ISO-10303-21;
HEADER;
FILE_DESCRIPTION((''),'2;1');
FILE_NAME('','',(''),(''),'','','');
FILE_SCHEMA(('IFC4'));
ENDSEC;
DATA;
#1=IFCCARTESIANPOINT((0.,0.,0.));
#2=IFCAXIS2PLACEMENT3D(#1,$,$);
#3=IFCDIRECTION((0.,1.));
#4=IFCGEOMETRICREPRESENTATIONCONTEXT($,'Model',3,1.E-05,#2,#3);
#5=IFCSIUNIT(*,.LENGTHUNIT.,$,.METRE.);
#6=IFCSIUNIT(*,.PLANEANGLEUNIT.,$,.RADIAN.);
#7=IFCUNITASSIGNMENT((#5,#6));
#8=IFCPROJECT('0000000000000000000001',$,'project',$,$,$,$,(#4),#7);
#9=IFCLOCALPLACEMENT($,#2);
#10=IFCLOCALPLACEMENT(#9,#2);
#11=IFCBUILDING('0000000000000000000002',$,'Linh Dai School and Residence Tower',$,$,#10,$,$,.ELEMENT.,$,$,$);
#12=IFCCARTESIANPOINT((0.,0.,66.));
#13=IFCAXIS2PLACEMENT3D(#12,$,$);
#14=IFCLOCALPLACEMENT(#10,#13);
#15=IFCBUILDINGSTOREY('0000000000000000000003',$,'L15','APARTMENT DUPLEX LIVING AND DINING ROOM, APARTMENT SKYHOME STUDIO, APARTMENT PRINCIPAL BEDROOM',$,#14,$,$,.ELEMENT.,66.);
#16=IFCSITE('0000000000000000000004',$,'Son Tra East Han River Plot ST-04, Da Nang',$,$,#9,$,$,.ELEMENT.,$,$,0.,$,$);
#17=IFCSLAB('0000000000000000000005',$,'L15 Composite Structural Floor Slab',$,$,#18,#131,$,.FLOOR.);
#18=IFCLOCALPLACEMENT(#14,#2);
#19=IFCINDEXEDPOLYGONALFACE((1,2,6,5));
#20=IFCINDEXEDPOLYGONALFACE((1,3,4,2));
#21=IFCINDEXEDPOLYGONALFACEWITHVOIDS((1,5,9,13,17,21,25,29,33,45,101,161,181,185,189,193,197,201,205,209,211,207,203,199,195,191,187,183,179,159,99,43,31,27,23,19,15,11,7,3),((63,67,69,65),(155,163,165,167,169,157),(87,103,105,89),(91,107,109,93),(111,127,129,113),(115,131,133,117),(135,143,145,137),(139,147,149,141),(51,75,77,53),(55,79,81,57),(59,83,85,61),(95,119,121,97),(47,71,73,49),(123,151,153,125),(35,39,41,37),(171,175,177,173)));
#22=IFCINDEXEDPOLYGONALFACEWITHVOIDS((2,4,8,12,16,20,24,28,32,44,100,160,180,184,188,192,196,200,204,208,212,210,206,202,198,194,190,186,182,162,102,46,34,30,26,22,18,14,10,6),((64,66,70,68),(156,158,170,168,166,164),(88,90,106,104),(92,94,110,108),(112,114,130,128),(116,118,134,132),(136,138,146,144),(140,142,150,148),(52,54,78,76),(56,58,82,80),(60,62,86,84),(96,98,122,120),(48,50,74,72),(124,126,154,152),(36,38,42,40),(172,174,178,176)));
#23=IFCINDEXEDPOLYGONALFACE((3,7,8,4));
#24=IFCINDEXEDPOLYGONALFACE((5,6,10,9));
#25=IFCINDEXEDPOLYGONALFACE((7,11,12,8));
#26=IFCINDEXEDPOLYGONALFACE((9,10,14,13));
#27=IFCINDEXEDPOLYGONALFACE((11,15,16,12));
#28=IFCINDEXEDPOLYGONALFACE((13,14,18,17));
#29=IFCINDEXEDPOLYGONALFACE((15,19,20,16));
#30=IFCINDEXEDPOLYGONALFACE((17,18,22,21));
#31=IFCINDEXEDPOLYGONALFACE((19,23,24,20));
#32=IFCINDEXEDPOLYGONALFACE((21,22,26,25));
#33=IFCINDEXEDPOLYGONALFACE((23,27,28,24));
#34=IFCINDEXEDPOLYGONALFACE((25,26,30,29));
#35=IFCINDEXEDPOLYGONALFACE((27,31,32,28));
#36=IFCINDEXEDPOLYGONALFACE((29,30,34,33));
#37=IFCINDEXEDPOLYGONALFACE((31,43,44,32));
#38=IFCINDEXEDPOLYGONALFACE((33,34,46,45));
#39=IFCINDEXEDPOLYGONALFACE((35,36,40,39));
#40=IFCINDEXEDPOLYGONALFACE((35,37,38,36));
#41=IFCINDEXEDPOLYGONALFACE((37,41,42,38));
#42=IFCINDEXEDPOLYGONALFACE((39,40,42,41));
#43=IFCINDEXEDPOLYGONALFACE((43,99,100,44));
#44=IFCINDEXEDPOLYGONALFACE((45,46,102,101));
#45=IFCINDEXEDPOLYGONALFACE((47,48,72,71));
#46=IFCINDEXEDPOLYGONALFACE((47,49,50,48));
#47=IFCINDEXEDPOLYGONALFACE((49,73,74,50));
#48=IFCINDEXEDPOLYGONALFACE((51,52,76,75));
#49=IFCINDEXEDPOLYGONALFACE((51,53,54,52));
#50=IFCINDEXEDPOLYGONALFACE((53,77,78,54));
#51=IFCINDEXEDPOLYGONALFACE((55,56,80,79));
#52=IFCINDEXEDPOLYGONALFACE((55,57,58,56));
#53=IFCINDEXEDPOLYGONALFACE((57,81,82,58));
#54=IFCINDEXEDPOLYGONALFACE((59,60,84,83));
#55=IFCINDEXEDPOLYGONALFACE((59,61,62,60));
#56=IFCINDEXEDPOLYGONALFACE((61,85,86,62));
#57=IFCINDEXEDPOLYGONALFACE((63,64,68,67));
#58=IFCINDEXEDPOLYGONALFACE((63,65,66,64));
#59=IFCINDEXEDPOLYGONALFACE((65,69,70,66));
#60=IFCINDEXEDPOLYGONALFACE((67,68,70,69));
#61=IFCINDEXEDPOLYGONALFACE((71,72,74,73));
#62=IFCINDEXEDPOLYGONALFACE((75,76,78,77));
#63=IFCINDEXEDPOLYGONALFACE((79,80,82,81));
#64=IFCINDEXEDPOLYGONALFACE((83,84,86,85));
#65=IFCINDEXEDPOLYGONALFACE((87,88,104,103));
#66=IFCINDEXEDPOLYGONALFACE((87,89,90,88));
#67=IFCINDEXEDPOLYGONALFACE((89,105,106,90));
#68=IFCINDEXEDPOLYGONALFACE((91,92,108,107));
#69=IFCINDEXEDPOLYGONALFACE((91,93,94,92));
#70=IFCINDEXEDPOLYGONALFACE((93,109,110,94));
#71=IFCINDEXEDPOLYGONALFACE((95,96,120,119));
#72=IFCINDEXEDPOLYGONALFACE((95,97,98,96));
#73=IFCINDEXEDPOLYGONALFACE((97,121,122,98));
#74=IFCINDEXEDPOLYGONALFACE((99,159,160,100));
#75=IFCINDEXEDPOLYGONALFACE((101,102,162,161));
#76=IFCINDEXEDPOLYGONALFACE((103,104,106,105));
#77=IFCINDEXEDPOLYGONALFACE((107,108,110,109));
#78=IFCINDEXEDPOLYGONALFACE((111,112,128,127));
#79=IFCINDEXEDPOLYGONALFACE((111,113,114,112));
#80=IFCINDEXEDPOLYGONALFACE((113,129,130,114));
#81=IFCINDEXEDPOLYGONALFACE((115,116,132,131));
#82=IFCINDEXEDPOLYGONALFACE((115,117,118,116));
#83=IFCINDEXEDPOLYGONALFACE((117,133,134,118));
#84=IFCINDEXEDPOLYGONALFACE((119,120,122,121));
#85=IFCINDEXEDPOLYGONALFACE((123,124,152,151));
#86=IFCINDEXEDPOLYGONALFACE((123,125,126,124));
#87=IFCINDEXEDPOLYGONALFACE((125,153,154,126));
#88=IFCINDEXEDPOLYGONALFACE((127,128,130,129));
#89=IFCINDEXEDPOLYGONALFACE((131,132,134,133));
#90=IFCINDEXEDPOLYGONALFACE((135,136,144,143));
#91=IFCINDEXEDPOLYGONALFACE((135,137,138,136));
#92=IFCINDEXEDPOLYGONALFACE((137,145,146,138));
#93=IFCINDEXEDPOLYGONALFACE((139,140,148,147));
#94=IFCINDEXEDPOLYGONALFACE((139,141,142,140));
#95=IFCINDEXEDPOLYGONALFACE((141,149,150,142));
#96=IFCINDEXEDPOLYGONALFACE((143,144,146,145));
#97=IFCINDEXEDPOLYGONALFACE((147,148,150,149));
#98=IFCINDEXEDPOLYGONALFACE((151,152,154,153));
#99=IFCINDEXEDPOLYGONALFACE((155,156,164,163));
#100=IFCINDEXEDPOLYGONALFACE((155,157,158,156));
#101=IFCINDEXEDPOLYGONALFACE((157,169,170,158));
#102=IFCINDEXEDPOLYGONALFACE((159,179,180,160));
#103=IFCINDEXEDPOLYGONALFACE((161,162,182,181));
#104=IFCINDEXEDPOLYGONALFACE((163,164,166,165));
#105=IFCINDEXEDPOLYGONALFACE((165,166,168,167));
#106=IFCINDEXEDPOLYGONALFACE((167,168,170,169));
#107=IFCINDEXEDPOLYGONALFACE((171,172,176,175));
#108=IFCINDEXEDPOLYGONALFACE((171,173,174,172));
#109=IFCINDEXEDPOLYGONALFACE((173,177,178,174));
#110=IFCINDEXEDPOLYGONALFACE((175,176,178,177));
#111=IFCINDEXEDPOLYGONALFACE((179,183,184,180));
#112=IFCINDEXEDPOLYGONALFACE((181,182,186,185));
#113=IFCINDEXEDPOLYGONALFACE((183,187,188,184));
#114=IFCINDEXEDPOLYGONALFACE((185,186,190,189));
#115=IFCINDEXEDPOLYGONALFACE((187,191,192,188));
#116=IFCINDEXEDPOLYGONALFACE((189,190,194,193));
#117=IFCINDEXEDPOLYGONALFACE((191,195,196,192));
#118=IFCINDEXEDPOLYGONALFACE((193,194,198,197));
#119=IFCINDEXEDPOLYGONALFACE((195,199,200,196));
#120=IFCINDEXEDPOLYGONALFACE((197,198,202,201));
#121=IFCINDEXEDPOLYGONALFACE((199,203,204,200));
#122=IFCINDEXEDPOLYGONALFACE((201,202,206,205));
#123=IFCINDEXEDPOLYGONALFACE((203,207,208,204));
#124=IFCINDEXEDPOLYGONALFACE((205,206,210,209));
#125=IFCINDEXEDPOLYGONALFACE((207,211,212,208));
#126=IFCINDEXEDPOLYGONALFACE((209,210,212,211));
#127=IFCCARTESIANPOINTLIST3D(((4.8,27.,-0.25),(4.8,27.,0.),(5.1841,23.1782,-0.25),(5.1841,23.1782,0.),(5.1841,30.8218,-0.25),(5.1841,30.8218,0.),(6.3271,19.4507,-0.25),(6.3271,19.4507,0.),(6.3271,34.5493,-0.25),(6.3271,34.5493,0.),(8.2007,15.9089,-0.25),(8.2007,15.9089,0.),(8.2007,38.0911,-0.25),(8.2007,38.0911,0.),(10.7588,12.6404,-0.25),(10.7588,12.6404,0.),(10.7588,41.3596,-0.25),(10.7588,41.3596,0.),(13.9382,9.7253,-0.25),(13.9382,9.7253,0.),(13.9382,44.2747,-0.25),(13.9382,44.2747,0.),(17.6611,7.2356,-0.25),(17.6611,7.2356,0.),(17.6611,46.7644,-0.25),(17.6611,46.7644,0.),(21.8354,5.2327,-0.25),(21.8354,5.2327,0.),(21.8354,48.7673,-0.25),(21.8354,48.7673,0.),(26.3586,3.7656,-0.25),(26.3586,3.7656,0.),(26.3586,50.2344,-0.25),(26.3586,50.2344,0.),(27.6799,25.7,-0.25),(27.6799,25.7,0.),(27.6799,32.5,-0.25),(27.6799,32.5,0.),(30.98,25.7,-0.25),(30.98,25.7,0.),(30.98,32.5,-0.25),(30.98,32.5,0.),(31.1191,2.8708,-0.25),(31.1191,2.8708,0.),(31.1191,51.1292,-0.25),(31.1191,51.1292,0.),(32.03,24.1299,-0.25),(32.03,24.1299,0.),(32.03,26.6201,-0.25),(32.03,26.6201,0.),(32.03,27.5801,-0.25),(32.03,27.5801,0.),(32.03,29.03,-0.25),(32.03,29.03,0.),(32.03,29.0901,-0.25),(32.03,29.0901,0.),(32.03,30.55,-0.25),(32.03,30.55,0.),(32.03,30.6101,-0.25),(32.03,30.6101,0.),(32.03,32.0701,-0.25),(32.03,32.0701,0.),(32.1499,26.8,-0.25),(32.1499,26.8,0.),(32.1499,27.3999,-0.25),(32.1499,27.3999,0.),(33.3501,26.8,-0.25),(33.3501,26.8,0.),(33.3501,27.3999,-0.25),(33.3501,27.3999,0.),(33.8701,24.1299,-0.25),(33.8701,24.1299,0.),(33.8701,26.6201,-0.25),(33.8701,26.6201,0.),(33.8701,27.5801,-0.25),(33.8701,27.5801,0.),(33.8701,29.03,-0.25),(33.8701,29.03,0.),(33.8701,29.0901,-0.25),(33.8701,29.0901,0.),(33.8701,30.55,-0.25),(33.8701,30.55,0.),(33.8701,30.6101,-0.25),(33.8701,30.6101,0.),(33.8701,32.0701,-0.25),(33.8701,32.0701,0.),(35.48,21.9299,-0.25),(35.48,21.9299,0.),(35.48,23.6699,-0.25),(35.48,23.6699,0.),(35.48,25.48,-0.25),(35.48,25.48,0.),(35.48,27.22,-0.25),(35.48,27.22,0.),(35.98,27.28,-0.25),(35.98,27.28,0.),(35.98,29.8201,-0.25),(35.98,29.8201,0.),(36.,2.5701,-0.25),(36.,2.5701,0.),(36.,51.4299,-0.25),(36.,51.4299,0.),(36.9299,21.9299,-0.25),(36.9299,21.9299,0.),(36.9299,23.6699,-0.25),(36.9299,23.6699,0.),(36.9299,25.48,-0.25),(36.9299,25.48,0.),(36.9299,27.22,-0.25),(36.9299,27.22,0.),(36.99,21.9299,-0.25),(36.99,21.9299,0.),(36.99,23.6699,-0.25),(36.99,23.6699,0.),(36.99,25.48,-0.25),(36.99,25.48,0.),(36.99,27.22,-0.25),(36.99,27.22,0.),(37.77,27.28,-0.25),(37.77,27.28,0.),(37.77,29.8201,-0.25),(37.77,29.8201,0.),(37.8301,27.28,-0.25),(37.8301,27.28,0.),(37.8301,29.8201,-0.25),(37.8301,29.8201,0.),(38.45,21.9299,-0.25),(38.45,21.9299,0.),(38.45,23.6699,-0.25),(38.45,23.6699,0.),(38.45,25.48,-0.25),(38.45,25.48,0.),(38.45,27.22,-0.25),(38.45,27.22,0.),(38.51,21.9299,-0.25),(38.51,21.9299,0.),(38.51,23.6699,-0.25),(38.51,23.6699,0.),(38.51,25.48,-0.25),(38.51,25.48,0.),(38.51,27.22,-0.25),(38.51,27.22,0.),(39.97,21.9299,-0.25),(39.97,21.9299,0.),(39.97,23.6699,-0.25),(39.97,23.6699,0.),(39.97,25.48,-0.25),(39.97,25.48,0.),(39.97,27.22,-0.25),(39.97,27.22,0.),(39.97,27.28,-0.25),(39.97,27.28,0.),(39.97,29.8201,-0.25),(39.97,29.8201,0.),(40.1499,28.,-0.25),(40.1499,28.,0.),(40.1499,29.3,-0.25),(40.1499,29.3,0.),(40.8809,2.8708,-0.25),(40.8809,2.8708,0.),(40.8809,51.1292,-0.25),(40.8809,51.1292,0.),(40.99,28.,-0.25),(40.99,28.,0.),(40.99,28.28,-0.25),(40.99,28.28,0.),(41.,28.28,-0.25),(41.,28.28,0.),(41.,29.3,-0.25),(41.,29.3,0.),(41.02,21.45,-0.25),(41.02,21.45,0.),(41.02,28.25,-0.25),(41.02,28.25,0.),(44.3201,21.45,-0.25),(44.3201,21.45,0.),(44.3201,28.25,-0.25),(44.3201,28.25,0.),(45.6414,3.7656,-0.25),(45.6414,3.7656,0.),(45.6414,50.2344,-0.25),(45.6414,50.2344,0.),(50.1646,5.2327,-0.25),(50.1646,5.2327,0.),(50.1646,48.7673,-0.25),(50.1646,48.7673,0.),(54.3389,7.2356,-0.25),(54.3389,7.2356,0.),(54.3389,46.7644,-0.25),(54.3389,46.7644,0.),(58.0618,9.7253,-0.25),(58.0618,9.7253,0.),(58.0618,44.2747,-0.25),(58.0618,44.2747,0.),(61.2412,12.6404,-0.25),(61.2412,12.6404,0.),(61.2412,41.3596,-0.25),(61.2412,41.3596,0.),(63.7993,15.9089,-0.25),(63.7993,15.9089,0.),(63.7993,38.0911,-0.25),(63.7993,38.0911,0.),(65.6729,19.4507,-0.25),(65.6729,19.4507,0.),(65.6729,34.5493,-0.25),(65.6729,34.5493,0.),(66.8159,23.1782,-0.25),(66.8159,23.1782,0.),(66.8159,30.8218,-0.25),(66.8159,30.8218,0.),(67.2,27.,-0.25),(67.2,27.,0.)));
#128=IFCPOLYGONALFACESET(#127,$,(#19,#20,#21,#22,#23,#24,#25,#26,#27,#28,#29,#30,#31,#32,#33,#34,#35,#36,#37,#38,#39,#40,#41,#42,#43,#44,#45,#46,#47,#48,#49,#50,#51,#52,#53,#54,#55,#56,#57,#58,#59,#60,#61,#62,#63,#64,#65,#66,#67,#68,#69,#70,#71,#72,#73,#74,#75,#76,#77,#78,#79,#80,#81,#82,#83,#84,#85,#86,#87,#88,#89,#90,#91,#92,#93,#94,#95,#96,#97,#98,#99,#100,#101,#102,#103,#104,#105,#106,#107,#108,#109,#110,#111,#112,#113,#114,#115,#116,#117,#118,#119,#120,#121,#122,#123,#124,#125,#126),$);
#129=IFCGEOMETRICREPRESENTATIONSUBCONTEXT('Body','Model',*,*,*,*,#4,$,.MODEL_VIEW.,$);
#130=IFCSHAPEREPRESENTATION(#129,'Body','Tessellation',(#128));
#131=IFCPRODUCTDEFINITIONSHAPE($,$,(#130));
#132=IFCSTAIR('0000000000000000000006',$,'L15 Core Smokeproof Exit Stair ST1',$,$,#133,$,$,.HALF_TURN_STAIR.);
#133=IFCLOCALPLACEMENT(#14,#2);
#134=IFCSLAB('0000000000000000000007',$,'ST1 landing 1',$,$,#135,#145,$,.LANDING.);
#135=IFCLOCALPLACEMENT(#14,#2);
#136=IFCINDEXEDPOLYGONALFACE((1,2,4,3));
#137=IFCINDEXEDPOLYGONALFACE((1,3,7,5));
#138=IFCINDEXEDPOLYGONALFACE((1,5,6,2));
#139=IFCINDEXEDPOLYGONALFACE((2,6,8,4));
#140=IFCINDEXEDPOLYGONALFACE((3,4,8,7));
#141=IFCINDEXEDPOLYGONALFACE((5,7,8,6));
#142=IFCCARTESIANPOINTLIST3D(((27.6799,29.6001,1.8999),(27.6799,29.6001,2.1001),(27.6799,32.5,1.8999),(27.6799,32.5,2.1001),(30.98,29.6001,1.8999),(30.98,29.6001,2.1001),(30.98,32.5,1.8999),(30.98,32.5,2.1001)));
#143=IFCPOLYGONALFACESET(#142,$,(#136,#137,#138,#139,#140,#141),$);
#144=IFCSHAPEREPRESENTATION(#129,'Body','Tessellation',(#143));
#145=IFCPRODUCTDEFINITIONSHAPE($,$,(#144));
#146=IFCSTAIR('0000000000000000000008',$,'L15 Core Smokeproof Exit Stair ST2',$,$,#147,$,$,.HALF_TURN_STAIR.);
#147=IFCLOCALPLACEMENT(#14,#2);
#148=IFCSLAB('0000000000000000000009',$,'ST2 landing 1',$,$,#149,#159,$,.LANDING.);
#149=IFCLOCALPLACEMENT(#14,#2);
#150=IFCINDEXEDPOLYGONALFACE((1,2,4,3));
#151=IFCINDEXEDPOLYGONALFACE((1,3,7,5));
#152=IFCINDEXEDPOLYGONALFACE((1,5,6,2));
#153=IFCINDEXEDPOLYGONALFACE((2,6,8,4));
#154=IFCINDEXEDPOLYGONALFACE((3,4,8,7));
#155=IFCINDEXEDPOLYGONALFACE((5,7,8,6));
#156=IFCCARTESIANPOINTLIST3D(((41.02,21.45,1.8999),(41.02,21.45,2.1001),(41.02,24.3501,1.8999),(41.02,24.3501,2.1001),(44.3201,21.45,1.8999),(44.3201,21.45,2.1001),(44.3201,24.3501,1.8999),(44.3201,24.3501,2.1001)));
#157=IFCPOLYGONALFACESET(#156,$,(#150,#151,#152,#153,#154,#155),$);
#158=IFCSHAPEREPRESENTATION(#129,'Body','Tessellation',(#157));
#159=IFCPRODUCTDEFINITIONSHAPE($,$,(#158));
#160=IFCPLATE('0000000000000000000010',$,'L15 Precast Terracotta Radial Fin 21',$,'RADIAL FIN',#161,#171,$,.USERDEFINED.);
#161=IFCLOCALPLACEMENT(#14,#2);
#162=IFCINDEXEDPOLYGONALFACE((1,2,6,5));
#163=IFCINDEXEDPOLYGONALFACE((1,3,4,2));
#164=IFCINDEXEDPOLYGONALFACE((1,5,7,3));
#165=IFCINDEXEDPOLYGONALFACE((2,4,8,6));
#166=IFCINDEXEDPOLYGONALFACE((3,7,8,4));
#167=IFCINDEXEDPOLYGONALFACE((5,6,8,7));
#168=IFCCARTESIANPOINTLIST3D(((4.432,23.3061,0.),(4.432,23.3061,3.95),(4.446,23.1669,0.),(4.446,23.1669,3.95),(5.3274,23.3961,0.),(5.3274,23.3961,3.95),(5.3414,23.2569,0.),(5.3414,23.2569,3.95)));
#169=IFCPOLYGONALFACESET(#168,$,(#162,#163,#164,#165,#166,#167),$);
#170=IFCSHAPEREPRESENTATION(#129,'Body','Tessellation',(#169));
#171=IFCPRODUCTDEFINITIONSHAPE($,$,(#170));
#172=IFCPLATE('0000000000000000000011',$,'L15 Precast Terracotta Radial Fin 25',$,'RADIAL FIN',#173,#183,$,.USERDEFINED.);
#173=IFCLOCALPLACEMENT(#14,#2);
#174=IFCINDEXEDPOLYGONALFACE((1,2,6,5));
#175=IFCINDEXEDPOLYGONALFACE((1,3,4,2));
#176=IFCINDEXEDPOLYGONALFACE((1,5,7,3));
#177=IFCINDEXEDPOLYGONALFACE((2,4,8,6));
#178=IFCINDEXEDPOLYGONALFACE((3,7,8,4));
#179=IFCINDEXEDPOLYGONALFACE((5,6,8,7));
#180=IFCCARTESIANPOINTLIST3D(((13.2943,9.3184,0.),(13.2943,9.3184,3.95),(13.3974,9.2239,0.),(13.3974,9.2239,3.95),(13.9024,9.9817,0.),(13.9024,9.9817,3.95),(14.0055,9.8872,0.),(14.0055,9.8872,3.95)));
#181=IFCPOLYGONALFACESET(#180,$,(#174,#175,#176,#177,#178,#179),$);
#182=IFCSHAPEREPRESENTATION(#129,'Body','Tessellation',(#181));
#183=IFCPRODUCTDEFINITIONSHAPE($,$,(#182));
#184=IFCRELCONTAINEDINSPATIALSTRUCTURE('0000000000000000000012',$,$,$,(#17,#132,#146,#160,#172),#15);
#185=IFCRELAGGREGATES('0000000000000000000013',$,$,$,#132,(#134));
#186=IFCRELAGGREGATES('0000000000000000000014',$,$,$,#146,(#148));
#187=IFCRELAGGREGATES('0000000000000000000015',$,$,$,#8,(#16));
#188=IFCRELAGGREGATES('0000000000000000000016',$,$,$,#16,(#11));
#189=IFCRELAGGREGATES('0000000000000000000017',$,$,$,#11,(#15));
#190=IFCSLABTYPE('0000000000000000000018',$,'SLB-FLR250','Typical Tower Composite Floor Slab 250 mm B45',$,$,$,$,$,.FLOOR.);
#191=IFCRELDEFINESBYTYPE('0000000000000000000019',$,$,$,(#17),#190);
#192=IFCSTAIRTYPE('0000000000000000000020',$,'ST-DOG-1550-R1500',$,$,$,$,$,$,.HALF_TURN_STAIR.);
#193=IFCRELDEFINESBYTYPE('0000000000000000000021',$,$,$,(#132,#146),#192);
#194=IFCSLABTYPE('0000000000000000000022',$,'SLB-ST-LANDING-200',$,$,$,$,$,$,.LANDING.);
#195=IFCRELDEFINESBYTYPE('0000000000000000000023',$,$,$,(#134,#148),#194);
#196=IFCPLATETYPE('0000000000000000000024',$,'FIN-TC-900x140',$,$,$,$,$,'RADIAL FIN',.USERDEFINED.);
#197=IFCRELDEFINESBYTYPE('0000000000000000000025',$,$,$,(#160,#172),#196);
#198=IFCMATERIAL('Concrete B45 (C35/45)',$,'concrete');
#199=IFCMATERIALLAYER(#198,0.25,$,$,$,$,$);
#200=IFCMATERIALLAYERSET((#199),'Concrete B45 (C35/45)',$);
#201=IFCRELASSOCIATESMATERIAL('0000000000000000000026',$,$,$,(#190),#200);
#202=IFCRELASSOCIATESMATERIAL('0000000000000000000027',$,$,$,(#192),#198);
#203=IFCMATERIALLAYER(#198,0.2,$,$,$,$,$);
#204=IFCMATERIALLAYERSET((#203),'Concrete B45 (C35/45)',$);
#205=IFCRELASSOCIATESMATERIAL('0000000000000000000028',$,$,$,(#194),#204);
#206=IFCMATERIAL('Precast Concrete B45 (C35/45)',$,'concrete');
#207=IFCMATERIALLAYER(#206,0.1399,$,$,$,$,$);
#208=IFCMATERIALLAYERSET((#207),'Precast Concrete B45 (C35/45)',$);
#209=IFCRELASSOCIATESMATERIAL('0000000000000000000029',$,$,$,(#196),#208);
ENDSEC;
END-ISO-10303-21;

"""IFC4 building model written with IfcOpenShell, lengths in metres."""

from ifc_helpers import new_model, si_unit, direction, frame, origin, origin_2d, place, context, subcontext, project, spatial, polyline, rectangle, outline, extrude, source, transform, mapped, material, layer, layer_set, type_object, element, aggregate, save


model = new_model("IFC4")

# Units and contexts
model_context = context("Model", 3, precision=1e-05, world=origin(), true_north=direction((0.0, 1.0)))
body_context = subcontext(model_context, "Body", "Model", "MODEL_VIEW")
ifc_project = project(units=[si_unit("LENGTHUNIT", "METRE"), si_unit("PLANEANGLEUNIT", "RADIAN")], contexts=[model_context])

# Site, building, storey
site_placement = place(None, origin())
site = spatial("IfcSite", under=ifc_project, at=site_placement, Name="Son Tra East Han River Plot ST-04, Da Nang", CompositionType="ELEMENT", RefElevation=0.0)
building_placement = place(site_placement, origin())
building = spatial("IfcBuilding", under=site, at=building_placement, Name="Linh Dai School and Residence Tower", CompositionType="ELEMENT")
storey_placement = place(building_placement, frame((0.0, 0.0, 66.0)))
storey = spatial("IfcBuildingStorey", under=building, at=storey_placement, Name="L15", Description="APARTMENT DUPLEX LIVING AND DINING ROOM, APARTMENT SKYHOME STUDIO, APARTMENT PRINCIPAL BEDROOM", CompositionType="ELEMENT", Elevation=66.0)

# Slab
ifc_material_1 = material(Name="Concrete B45 (C35/45)", Category="concrete")
ifc_layer_1 = layer(ifc_material_1, 0.25)
ifc_layer_set_1 = layer_set([ifc_layer_1], Name="Concrete B45 (C35/45)")
slab_type_1 = type_object("IfcSlabType", Name="SLB-FLR250", Description="Typical Tower Composite Floor Slab 250 mm B45", PredefinedType="FLOOR", material=ifc_layer_set_1)
slab_1_placement = place(storey_placement, frame((0.0, 0.0, -0.25)))
element("IfcSlab", 1, at=slab_1_placement, inside=storey, type_object=slab_type_1, Name="L15 Composite Structural Floor Slab", PredefinedType="FLOOR", context=body_context, shape_type="SweptSolid", body=[
    extrude(outline(polyline([(67.2, 27.0), (66.8159, 30.8218), (65.6729, 34.5493), (63.7993, 38.0911), (61.2412, 41.3596), (58.0618, 44.2747), (54.3389, 46.7644), (50.1646, 48.7673), (45.6414, 50.2344), (40.8809, 51.1292), (36.0, 51.4299), (31.1191, 51.1292), (26.3586, 50.2344), (21.8354, 48.7673), (17.6611, 46.7644), (13.9382, 44.2747), (10.7588, 41.3596), (8.2007, 38.0911), (6.3271, 34.5493), (5.1841, 30.8218), (4.8, 27.0), (5.1841, 23.1782), (6.3271, 19.4507), (8.2007, 15.9089), (10.7588, 12.6404), (13.9382, 9.7253), (17.6611, 7.2356), (21.8354, 5.2327), (26.3586, 3.7656), (31.1191, 2.8708), (36.0, 2.5701), (40.8809, 2.8708), (45.6414, 3.7656), (50.1646, 5.2327), (54.3389, 7.2356), (58.0618, 9.7253), (61.2412, 12.6404), (63.7993, 15.9089), (65.6729, 19.4507), (66.8159, 23.1782), (67.2, 27.0)]), holes=[polyline([(30.98, 25.7), (30.98, 32.5), (27.6799, 32.5), (27.6799, 25.7), (30.98, 25.7)]), polyline([(41.02, 28.25), (41.02, 21.45), (44.3201, 21.45), (44.3201, 28.25), (41.02, 28.25)]), polyline([(35.98, 27.28), (37.77, 27.28), (37.77, 29.8201), (35.98, 29.8201), (35.98, 27.28)]), polyline([(32.03, 24.1299), (33.8701, 24.1299), (33.8701, 26.6201), (32.03, 26.6201), (32.03, 24.1299)]), polyline([(37.8301, 27.28), (39.97, 27.28), (39.97, 29.8201), (37.8301, 29.8201), (37.8301, 27.28)]), polyline([(35.48, 21.9299), (36.9299, 21.9299), (36.9299, 23.6699), (35.48, 23.6699), (35.48, 21.9299)]), polyline([(36.99, 21.9299), (38.45, 21.9299), (38.45, 23.6699), (36.99, 23.6699), (36.99, 21.9299)]), polyline([(38.51, 21.9299), (39.97, 21.9299), (39.97, 23.6699), (38.51, 23.6699), (38.51, 21.9299)]), polyline([(32.03, 27.5801), (33.8701, 27.5801), (33.8701, 29.03), (32.03, 29.03), (32.03, 27.5801)]), polyline([(32.03, 29.0901), (33.8701, 29.0901), (33.8701, 30.55), (32.03, 30.55), (32.03, 29.0901)]), polyline([(32.03, 30.6101), (33.8701, 30.6101), (33.8701, 32.0701), (32.03, 32.0701), (32.03, 30.6101)]), polyline([(35.48, 25.48), (36.9299, 25.48), (36.9299, 27.22), (35.48, 27.22), (35.48, 25.48)]), polyline([(36.99, 25.48), (38.45, 25.48), (38.45, 27.22), (36.99, 27.22), (36.99, 25.48)]), polyline([(38.51, 25.48), (39.97, 25.48), (39.97, 27.22), (38.51, 27.22), (38.51, 25.48)]), polyline([(40.1499, 28.0), (40.1499, 29.3), (41.0, 29.3), (41.0, 28.28), (40.99, 28.28), (40.99, 28.0), (40.1499, 28.0)]), polyline([(32.1499, 26.8), (33.3501, 26.8), (33.3501, 27.3999), (32.1499, 27.3999), (32.1499, 26.8)])]), origin(), (0.0, 0.0, 1.0), 0.25),
])

# Stairs, slabs
stair_type = type_object("IfcStairType", Name="ST-DOG-1550-R1500", PredefinedType="HALF_TURN_STAIR", material=ifc_material_1)
stair_1_placement = place(storey_placement, origin())
stair_1 = element("IfcStair", 2, at=stair_1_placement, inside=storey, type_object=stair_type, Name="L15 Core Smokeproof Exit Stair ST1", PredefinedType="HALF_TURN_STAIR")
ifc_layer_2 = layer(ifc_material_1, 0.2)
ifc_layer_set_2 = layer_set([ifc_layer_2], Name="Concrete B45 (C35/45)")
slab_type_2 = type_object("IfcSlabType", Name="SLB-ST-LANDING-200", PredefinedType="LANDING", material=ifc_layer_set_2)
slab_2_placement = place(storey_placement, frame((0.0, 0.0, 1.8999)))
slab_2 = element("IfcSlab", 3, at=slab_2_placement, type_object=slab_type_2, Name="ST1 landing 1", PredefinedType="LANDING", context=body_context, shape_type="SweptSolid", body=[
    extrude(outline(polyline([(30.98, 29.6001), (30.98, 32.5), (27.6799, 32.5), (27.6799, 29.6001), (30.98, 29.6001)])), origin(), (0.0, 0.0, 1.0), 0.2002),
])
aggregate(stair_1, [slab_2])
stair_2_placement = place(storey_placement, origin())
stair_2 = element("IfcStair", 4, at=stair_2_placement, inside=storey, type_object=stair_type, Name="L15 Core Smokeproof Exit Stair ST2", PredefinedType="HALF_TURN_STAIR")
slab_3_placement = place(storey_placement, frame((0.0, 0.0, 1.8999)))
slab_3 = element("IfcSlab", 5, at=slab_3_placement, type_object=slab_type_2, Name="ST2 landing 1", PredefinedType="LANDING", context=body_context, shape_type="SweptSolid", body=[
    extrude(outline(polyline([(41.02, 24.3501), (41.02, 21.45), (44.3201, 21.45), (44.3201, 24.3501), (41.02, 24.3501)])), origin(), (0.0, 0.0, 1.0), 0.2002),
])
aggregate(stair_2, [slab_3])

# Plates
ifc_material_2 = material(Name="Precast Concrete B45 (C35/45)", Category="concrete")
ifc_layer_3 = layer(ifc_material_2, 0.1399)
ifc_layer_set_3 = layer_set([ifc_layer_3], Name="Precast Concrete B45 (C35/45)")
plate_type = type_object("IfcPlateType", Name="FIN-TC-900x140", ElementType="RADIAL FIN", PredefinedType="USERDEFINED", material=ifc_layer_set_3)
shared_shape_1 = source(origin(), body_context, "Body", "SweptSolid", [
    extrude(rectangle(XDim=0.8999, YDim=0.1399, at=origin_2d()), origin(), (0.0, 0.0, 1.0), 3.95),
])
for number, where, z_axis, x_axis, name in (
    (6, (4.8867, 23.2815, 0.0), (0.0, 0.0, 1.0), (-0.994986, -0.100009, 0.0), "L15 Precast Terracotta Radial Fin 21"),
    (7, (13.6499, 9.6028, 0.0), (0.0, 0.0, 1.0), (-0.675769, -0.737113, 0.0), "L15 Precast Terracotta Radial Fin 25"),
):
    element("IfcPlate", number, at=place(storey_placement, frame(where, z_axis=z_axis, x_axis=x_axis)), inside=storey, type_object=plate_type, Name=name, ObjectType="RADIAL FIN", PredefinedType="USERDEFINED", context=body_context, shape_type="MappedRepresentation", body=[
        mapped(shared_shape_1, transform((0.0, 0.0, 0.0), x_axis=(1.0, 0.0, 0.0), y_axis=(0.0, 1.0, 0.0), z_axis=(0.0, 0.0, 1.0), scale=1.0)),
    ])

save(model, "model.ifc")
